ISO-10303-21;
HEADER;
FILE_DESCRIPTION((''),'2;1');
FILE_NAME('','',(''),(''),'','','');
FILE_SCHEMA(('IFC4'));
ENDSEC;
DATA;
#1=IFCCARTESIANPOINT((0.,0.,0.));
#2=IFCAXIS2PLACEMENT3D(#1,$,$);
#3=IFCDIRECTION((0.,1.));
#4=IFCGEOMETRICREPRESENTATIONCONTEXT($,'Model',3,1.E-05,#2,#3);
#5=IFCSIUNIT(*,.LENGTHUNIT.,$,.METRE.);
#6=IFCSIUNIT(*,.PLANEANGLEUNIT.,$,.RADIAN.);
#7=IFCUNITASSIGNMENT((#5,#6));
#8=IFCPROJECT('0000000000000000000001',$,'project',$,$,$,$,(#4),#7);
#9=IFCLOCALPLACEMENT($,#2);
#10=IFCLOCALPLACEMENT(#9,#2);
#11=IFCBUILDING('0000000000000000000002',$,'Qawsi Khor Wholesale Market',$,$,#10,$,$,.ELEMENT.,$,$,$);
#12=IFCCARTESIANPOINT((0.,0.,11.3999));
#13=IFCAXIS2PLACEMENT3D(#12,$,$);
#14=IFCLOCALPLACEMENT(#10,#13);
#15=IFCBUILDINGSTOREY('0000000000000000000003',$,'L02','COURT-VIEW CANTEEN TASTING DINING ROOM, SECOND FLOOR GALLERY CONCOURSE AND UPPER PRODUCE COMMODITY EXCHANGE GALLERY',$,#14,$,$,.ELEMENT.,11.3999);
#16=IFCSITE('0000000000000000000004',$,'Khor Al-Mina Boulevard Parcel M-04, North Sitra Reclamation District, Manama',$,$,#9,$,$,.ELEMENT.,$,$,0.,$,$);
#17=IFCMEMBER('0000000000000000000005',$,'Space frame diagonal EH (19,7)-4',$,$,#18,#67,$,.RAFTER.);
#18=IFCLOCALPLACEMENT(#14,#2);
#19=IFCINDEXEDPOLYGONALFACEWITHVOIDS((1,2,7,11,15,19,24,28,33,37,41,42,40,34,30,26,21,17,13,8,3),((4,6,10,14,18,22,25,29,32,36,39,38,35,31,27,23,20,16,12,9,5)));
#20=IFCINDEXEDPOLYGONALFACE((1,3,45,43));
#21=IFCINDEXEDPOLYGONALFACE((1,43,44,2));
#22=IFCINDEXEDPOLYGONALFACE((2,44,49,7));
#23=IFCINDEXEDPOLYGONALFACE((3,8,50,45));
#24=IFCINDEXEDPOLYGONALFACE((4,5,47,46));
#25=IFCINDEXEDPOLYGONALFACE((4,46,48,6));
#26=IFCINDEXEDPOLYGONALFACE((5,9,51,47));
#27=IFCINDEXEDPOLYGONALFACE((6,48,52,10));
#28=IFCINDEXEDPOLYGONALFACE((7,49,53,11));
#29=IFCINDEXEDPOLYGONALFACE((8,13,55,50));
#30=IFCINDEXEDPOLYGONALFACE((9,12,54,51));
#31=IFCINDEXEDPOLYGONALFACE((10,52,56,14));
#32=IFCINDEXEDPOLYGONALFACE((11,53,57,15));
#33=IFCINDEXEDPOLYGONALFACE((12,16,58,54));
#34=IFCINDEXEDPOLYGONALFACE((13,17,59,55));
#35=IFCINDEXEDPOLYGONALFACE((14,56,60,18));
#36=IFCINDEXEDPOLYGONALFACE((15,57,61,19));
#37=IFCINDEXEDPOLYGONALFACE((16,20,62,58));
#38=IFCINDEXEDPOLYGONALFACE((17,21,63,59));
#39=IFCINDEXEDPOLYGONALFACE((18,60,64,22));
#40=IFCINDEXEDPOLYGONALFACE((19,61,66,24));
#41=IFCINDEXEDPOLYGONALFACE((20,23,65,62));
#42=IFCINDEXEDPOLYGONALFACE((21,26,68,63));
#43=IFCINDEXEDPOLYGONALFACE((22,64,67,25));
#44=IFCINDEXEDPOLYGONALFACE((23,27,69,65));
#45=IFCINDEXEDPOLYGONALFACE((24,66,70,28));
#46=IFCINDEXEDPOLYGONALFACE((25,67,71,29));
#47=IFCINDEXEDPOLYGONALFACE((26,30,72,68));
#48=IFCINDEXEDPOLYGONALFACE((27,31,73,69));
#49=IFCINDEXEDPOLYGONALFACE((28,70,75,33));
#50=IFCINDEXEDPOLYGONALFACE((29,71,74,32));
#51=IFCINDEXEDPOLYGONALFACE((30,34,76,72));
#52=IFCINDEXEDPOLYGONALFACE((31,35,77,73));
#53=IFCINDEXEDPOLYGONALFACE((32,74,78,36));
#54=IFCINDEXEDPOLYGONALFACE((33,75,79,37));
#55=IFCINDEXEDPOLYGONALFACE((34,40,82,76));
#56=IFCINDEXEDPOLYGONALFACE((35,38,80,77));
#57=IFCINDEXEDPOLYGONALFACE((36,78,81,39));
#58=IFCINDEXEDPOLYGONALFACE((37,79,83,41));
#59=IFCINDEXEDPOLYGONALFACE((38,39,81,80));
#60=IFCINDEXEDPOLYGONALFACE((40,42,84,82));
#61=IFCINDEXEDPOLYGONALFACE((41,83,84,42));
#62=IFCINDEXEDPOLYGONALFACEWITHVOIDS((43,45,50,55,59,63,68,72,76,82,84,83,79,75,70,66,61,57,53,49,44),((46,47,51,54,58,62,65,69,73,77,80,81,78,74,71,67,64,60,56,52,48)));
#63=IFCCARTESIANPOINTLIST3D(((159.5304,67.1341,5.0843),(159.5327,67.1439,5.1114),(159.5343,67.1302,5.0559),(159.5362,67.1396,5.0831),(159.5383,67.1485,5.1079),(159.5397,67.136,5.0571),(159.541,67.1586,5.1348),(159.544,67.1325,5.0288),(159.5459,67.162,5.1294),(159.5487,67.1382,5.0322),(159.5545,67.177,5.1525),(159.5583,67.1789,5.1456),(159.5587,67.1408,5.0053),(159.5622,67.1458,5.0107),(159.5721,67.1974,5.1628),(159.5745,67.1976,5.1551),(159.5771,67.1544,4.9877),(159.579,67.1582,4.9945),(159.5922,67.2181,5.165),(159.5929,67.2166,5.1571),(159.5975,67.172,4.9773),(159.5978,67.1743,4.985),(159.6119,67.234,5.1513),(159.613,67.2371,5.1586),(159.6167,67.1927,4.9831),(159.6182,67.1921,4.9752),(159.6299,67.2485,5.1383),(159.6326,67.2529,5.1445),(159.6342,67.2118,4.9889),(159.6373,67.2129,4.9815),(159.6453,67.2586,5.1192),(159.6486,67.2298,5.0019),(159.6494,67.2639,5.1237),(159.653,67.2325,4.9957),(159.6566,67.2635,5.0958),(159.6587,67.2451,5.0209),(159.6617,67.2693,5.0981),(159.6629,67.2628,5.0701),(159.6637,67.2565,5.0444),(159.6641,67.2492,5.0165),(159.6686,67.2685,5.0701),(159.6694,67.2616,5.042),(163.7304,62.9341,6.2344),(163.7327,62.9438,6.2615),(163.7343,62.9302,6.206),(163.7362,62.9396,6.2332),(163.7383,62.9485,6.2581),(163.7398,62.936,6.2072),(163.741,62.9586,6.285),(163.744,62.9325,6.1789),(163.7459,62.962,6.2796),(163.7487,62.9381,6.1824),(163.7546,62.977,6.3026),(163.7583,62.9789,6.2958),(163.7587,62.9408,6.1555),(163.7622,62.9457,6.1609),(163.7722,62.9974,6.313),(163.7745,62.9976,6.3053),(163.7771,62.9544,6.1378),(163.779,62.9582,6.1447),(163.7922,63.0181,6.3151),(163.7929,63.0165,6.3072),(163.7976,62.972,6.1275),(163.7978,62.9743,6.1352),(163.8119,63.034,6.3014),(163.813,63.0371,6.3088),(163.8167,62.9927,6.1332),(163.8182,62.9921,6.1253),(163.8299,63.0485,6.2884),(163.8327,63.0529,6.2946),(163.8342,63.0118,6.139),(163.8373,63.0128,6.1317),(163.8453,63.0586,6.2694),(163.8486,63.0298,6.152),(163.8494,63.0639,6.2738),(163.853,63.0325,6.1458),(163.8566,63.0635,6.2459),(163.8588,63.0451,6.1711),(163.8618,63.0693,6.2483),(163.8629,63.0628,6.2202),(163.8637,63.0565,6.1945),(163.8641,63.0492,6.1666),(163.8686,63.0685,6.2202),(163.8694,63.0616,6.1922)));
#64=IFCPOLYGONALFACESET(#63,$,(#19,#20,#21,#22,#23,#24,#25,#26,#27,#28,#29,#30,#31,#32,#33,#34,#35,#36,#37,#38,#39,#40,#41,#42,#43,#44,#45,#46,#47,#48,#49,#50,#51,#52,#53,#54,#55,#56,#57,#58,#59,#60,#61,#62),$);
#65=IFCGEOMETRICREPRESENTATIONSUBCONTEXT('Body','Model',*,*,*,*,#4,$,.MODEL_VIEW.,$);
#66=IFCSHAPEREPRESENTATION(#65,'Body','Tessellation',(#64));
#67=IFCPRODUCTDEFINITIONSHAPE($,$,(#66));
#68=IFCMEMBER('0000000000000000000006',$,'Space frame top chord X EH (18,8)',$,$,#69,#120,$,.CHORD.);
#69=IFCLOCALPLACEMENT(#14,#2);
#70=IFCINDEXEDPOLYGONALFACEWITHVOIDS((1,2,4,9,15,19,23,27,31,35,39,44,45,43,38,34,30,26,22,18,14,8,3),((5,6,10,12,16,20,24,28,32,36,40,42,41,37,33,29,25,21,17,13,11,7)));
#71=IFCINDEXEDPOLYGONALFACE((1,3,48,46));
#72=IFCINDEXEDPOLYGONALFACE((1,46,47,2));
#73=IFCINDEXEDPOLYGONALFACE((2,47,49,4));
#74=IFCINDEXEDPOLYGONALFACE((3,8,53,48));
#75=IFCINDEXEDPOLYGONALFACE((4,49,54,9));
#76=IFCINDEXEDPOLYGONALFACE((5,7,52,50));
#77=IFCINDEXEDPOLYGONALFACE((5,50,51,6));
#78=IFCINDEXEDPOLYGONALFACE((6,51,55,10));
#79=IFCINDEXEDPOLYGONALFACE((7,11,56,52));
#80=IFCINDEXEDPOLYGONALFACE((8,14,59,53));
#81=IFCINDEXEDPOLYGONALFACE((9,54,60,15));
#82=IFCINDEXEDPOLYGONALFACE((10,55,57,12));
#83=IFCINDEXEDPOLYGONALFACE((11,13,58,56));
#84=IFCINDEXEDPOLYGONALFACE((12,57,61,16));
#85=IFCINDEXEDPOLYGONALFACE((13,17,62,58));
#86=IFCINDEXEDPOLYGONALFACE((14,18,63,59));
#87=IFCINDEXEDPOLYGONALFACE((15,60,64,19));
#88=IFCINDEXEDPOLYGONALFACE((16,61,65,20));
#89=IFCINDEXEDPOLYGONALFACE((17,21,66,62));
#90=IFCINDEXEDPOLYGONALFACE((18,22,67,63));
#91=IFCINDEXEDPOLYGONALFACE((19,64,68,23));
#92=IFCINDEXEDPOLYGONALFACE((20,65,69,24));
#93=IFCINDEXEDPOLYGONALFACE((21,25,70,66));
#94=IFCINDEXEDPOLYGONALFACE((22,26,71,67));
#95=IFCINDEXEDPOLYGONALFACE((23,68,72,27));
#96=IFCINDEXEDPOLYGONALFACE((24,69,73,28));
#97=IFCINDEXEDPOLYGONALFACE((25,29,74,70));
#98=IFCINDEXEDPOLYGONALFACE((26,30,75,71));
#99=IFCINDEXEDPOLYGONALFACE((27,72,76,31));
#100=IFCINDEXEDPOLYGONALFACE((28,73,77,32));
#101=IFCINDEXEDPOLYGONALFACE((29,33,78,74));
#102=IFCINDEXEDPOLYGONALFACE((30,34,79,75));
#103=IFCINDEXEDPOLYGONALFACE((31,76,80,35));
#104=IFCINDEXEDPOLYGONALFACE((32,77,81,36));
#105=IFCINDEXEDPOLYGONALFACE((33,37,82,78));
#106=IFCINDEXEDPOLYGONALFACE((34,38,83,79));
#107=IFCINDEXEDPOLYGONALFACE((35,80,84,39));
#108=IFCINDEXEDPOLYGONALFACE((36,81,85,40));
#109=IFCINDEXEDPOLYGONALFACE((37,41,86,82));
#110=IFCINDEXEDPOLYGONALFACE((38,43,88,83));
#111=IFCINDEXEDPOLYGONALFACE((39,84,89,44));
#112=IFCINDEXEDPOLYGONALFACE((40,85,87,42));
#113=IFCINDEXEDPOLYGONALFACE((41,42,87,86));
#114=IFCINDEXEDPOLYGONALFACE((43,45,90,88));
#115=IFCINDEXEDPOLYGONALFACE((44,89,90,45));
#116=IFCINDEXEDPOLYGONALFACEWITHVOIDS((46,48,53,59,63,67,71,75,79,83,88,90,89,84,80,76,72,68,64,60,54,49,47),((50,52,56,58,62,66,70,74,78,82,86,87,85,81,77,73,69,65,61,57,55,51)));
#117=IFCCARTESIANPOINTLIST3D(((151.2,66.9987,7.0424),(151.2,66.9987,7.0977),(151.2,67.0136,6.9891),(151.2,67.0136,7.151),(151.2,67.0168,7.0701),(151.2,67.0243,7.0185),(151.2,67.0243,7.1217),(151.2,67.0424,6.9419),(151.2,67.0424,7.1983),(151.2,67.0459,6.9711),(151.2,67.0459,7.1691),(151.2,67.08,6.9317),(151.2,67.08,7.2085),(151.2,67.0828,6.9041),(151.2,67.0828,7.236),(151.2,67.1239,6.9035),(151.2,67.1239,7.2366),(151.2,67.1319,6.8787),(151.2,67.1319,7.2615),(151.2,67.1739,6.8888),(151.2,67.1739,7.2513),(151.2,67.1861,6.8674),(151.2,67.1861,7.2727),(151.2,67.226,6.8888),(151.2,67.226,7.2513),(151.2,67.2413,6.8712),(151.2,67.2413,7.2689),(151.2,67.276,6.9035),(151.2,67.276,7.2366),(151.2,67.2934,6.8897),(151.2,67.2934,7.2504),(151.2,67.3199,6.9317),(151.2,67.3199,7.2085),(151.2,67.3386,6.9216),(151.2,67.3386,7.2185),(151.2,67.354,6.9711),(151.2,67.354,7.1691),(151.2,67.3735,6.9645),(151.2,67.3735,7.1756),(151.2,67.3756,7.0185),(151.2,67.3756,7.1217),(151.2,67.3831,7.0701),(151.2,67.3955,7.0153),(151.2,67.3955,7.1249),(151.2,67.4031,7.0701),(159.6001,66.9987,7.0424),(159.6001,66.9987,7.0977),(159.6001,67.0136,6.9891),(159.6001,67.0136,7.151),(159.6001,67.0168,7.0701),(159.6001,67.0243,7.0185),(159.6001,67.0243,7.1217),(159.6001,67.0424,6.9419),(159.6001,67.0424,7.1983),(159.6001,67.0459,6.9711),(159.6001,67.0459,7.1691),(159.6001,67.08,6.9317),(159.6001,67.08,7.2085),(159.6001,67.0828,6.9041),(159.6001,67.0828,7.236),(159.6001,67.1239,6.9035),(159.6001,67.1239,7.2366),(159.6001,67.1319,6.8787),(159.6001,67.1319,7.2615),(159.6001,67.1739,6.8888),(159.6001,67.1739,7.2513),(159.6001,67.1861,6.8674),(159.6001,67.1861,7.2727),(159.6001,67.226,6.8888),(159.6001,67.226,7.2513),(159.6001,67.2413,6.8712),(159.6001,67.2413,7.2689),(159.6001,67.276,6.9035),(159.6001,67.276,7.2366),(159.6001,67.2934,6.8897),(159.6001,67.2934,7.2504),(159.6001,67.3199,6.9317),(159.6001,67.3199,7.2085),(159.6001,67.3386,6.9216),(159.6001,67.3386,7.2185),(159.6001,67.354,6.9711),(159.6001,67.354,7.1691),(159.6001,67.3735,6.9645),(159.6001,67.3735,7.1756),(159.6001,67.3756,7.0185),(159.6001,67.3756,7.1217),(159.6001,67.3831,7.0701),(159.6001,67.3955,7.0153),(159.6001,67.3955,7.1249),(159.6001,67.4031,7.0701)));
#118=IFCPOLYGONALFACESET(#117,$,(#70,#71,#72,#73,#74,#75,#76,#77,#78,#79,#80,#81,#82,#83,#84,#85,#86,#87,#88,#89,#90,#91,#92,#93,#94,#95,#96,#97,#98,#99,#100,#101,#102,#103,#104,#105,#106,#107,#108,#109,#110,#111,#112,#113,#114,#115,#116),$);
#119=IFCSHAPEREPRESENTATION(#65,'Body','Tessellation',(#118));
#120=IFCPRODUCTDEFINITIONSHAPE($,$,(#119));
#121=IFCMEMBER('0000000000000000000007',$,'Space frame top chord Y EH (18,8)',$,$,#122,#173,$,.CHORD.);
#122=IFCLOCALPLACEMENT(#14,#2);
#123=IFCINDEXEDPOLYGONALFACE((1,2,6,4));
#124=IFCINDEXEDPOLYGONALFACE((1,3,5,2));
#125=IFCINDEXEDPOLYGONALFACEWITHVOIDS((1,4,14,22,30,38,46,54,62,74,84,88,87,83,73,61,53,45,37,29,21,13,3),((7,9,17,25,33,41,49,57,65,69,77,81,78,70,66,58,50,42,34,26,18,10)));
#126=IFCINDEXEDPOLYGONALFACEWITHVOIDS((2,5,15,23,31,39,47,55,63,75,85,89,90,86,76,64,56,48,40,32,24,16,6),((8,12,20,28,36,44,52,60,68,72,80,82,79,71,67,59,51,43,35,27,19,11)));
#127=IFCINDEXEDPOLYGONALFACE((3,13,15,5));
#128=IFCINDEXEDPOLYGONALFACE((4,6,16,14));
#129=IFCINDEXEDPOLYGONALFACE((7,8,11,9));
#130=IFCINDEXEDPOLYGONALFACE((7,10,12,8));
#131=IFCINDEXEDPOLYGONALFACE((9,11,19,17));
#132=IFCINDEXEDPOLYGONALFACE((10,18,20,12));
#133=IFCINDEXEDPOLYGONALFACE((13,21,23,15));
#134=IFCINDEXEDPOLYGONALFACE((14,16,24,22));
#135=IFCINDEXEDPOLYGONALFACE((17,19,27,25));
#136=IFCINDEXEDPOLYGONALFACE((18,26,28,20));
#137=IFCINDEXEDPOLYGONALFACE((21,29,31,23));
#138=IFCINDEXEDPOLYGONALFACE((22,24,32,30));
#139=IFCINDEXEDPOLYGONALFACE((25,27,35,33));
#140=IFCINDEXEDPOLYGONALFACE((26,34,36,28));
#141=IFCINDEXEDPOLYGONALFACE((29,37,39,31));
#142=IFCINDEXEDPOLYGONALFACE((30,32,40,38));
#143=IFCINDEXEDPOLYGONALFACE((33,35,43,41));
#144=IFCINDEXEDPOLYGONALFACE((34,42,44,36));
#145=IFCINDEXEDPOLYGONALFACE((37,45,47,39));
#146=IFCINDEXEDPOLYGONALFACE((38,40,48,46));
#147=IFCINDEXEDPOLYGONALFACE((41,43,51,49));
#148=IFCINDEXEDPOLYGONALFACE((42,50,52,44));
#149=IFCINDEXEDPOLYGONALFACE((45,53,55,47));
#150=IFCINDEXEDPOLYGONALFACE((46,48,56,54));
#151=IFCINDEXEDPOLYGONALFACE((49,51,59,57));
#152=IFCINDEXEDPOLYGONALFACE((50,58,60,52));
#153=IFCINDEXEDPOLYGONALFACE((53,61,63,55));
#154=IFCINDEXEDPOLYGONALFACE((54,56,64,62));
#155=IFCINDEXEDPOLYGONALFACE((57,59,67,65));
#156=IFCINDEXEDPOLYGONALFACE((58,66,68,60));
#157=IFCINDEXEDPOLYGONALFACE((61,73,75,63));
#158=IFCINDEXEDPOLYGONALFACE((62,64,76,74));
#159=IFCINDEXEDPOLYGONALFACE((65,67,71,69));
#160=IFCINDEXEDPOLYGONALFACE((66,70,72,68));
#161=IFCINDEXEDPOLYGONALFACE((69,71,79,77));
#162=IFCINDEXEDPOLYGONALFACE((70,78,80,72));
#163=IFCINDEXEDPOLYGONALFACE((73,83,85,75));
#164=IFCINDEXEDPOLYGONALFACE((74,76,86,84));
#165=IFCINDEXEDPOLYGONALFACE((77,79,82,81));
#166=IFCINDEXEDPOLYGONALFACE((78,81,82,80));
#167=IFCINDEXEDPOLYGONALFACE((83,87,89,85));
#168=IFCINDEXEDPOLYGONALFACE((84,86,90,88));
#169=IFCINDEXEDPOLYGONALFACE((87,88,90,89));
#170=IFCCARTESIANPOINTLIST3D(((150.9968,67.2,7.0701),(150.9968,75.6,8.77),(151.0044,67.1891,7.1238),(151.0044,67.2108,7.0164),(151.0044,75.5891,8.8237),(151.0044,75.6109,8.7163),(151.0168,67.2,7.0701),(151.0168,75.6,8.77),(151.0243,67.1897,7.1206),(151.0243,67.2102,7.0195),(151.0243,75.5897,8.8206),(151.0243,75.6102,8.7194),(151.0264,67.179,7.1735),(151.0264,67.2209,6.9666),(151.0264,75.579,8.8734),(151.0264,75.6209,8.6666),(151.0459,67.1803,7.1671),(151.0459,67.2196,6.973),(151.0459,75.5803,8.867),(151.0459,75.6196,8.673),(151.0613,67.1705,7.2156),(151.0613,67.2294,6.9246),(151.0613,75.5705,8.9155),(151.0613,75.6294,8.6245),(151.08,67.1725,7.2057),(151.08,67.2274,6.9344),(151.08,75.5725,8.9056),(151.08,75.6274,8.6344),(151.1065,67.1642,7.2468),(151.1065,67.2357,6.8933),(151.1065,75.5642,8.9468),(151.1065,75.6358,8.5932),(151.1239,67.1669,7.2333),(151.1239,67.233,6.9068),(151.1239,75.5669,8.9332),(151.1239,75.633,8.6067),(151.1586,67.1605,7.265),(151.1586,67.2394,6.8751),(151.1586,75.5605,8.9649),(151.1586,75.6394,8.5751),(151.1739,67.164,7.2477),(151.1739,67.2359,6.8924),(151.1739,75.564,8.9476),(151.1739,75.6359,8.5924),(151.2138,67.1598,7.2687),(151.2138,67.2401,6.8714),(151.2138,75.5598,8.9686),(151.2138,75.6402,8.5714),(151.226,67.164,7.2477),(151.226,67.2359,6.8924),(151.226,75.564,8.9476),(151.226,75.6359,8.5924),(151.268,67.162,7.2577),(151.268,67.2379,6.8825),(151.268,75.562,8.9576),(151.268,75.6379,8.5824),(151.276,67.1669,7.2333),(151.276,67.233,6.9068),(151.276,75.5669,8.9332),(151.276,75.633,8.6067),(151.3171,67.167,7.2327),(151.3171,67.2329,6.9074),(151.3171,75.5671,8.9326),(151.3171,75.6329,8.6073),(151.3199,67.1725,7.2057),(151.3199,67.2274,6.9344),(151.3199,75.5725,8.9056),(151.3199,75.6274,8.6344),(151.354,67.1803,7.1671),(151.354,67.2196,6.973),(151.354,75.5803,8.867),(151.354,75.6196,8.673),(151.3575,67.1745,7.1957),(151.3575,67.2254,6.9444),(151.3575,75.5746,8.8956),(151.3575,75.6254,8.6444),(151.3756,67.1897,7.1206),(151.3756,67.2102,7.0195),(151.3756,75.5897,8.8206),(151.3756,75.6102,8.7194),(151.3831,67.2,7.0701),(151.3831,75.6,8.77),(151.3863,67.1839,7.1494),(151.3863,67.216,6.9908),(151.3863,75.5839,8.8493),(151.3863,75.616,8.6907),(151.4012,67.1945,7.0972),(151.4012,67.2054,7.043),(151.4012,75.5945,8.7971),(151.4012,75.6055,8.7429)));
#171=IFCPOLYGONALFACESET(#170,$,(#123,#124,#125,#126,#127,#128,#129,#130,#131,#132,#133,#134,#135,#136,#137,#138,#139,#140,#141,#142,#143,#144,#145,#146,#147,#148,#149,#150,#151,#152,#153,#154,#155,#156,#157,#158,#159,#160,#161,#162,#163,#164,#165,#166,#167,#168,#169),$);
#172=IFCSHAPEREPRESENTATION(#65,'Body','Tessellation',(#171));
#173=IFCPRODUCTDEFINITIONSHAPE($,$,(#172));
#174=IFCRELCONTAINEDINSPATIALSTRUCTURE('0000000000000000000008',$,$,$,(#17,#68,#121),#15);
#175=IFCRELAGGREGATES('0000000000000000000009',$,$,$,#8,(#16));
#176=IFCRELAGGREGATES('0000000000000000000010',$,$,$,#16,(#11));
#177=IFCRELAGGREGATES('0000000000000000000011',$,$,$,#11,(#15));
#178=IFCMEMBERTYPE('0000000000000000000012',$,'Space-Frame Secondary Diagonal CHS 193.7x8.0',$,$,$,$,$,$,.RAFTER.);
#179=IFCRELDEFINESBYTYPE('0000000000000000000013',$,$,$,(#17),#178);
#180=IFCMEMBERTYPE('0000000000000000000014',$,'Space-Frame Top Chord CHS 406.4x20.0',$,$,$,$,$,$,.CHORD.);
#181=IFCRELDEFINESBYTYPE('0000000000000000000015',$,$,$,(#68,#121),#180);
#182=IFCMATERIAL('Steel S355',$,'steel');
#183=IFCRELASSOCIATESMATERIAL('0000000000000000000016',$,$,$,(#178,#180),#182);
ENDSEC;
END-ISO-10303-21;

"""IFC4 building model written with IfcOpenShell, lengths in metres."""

from ifc_helpers import new_model, si_unit, direction, frame, origin, origin_2d, place, context, subcontext, project, spatial, hollow_circle, extrude, material, material_profile, profile_set, type_object, element, save


model = new_model("IFC4")

# Units and contexts
model_context = context("Model", 3, precision=1e-05, world=origin(), true_north=direction((0.0, 1.0)))
body_context = subcontext(model_context, "Body", "Model", "MODEL_VIEW")
ifc_project = project(units=[si_unit("LENGTHUNIT", "METRE"), si_unit("PLANEANGLEUNIT", "RADIAN")], contexts=[model_context])

# Site, building, storey
site_placement = place(None, origin())
site = spatial("IfcSite", under=ifc_project, at=site_placement, Name="Khor Al-Mina Boulevard Parcel M-04, North Sitra Reclamation District, Manama", CompositionType="ELEMENT", RefElevation=0.0)
building_placement = place(site_placement, origin())
building = spatial("IfcBuilding", under=site, at=building_placement, Name="Qawsi Khor Wholesale Market", CompositionType="ELEMENT")
storey_placement = place(building_placement, frame((0.0, 0.0, 11.3999)))
storey = spatial("IfcBuildingStorey", under=building, at=storey_placement, Name="L02", Description="COURT-VIEW CANTEEN TASTING DINING ROOM, SECOND FLOOR GALLERY CONCOURSE AND UPPER PRODUCE COMMODITY EXCHANGE GALLERY", CompositionType="ELEMENT", Elevation=11.3999)

# Members
ifc_material_1 = material(Name="Steel S355", Category="steel")
ifc_material_profile_1 = material_profile(ifc_material_1, hollow_circle(Radius=0.0969, WallThickness=0.0081, at=origin_2d()), Name="CHS 193.7x8.0")
ifc_profile_set_1 = profile_set([ifc_material_profile_1], Name="Steel S355")
member_type_1 = type_object("IfcMemberType", Name="Space-Frame Secondary Diagonal CHS 193.7x8.0", PredefinedType="RAFTER", material=ifc_profile_set_1)
member_1_placement = place(storey_placement, frame((159.6001, 67.2, 5.0701), z_axis=(0.694211, -0.694211, 0.190108), x_axis=(0.707107, 0.707107, 0.0)))
element("IfcMember", 1, at=member_1_placement, inside=storey, type_object=member_type_1, Name="Space frame diagonal EH (19,7)-4", PredefinedType="RAFTER", context=body_context, shape_type="SweptSolid", body=[
    extrude(hollow_circle(Radius=0.0969, WallThickness=0.0081, at=origin_2d()), origin(), (0.0, 0.0, 1.0), 6.05),
])
ifc_material_profile_2 = material_profile(ifc_material_1, hollow_circle(Radius=0.2031, WallThickness=0.02, at=origin_2d()), Name="CHS 406.4x20.0")
ifc_profile_set_2 = profile_set([ifc_material_profile_2], Name="Steel S355")
member_type_2 = type_object("IfcMemberType", Name="Space-Frame Top Chord CHS 406.4x20.0", PredefinedType="CHORD", material=ifc_profile_set_2)
member_2_placement = place(storey_placement, frame((151.2, 67.2, 7.0701), z_axis=(1.0, 0.0, 0.0), x_axis=(0.0, 1.0, 0.0)))
element("IfcMember", 2, at=member_2_placement, inside=storey, type_object=member_type_2, Name="Space frame top chord X EH (18,8)", PredefinedType="CHORD", context=body_context, shape_type="SweptSolid", body=[
    extrude(hollow_circle(Radius=0.2031, WallThickness=0.02, at=origin_2d()), origin(), (0.0, 0.0, 1.0), 8.4001),
])
member_3_placement = place(storey_placement, frame((151.2, 67.2, 7.0701), z_axis=(0.0, 0.980131, 0.198351), x_axis=(-1.0, 0.0, 0.0)))
element("IfcMember", 3, at=member_3_placement, inside=storey, type_object=member_type_2, Name="Space frame top chord Y EH (18,8)", PredefinedType="CHORD", context=body_context, shape_type="SweptSolid", body=[
    extrude(hollow_circle(Radius=0.2031, WallThickness=0.02, at=origin_2d()), origin(), (0.0, 0.0, 1.0), 8.5703),
])

save(model, "model.ifc")
